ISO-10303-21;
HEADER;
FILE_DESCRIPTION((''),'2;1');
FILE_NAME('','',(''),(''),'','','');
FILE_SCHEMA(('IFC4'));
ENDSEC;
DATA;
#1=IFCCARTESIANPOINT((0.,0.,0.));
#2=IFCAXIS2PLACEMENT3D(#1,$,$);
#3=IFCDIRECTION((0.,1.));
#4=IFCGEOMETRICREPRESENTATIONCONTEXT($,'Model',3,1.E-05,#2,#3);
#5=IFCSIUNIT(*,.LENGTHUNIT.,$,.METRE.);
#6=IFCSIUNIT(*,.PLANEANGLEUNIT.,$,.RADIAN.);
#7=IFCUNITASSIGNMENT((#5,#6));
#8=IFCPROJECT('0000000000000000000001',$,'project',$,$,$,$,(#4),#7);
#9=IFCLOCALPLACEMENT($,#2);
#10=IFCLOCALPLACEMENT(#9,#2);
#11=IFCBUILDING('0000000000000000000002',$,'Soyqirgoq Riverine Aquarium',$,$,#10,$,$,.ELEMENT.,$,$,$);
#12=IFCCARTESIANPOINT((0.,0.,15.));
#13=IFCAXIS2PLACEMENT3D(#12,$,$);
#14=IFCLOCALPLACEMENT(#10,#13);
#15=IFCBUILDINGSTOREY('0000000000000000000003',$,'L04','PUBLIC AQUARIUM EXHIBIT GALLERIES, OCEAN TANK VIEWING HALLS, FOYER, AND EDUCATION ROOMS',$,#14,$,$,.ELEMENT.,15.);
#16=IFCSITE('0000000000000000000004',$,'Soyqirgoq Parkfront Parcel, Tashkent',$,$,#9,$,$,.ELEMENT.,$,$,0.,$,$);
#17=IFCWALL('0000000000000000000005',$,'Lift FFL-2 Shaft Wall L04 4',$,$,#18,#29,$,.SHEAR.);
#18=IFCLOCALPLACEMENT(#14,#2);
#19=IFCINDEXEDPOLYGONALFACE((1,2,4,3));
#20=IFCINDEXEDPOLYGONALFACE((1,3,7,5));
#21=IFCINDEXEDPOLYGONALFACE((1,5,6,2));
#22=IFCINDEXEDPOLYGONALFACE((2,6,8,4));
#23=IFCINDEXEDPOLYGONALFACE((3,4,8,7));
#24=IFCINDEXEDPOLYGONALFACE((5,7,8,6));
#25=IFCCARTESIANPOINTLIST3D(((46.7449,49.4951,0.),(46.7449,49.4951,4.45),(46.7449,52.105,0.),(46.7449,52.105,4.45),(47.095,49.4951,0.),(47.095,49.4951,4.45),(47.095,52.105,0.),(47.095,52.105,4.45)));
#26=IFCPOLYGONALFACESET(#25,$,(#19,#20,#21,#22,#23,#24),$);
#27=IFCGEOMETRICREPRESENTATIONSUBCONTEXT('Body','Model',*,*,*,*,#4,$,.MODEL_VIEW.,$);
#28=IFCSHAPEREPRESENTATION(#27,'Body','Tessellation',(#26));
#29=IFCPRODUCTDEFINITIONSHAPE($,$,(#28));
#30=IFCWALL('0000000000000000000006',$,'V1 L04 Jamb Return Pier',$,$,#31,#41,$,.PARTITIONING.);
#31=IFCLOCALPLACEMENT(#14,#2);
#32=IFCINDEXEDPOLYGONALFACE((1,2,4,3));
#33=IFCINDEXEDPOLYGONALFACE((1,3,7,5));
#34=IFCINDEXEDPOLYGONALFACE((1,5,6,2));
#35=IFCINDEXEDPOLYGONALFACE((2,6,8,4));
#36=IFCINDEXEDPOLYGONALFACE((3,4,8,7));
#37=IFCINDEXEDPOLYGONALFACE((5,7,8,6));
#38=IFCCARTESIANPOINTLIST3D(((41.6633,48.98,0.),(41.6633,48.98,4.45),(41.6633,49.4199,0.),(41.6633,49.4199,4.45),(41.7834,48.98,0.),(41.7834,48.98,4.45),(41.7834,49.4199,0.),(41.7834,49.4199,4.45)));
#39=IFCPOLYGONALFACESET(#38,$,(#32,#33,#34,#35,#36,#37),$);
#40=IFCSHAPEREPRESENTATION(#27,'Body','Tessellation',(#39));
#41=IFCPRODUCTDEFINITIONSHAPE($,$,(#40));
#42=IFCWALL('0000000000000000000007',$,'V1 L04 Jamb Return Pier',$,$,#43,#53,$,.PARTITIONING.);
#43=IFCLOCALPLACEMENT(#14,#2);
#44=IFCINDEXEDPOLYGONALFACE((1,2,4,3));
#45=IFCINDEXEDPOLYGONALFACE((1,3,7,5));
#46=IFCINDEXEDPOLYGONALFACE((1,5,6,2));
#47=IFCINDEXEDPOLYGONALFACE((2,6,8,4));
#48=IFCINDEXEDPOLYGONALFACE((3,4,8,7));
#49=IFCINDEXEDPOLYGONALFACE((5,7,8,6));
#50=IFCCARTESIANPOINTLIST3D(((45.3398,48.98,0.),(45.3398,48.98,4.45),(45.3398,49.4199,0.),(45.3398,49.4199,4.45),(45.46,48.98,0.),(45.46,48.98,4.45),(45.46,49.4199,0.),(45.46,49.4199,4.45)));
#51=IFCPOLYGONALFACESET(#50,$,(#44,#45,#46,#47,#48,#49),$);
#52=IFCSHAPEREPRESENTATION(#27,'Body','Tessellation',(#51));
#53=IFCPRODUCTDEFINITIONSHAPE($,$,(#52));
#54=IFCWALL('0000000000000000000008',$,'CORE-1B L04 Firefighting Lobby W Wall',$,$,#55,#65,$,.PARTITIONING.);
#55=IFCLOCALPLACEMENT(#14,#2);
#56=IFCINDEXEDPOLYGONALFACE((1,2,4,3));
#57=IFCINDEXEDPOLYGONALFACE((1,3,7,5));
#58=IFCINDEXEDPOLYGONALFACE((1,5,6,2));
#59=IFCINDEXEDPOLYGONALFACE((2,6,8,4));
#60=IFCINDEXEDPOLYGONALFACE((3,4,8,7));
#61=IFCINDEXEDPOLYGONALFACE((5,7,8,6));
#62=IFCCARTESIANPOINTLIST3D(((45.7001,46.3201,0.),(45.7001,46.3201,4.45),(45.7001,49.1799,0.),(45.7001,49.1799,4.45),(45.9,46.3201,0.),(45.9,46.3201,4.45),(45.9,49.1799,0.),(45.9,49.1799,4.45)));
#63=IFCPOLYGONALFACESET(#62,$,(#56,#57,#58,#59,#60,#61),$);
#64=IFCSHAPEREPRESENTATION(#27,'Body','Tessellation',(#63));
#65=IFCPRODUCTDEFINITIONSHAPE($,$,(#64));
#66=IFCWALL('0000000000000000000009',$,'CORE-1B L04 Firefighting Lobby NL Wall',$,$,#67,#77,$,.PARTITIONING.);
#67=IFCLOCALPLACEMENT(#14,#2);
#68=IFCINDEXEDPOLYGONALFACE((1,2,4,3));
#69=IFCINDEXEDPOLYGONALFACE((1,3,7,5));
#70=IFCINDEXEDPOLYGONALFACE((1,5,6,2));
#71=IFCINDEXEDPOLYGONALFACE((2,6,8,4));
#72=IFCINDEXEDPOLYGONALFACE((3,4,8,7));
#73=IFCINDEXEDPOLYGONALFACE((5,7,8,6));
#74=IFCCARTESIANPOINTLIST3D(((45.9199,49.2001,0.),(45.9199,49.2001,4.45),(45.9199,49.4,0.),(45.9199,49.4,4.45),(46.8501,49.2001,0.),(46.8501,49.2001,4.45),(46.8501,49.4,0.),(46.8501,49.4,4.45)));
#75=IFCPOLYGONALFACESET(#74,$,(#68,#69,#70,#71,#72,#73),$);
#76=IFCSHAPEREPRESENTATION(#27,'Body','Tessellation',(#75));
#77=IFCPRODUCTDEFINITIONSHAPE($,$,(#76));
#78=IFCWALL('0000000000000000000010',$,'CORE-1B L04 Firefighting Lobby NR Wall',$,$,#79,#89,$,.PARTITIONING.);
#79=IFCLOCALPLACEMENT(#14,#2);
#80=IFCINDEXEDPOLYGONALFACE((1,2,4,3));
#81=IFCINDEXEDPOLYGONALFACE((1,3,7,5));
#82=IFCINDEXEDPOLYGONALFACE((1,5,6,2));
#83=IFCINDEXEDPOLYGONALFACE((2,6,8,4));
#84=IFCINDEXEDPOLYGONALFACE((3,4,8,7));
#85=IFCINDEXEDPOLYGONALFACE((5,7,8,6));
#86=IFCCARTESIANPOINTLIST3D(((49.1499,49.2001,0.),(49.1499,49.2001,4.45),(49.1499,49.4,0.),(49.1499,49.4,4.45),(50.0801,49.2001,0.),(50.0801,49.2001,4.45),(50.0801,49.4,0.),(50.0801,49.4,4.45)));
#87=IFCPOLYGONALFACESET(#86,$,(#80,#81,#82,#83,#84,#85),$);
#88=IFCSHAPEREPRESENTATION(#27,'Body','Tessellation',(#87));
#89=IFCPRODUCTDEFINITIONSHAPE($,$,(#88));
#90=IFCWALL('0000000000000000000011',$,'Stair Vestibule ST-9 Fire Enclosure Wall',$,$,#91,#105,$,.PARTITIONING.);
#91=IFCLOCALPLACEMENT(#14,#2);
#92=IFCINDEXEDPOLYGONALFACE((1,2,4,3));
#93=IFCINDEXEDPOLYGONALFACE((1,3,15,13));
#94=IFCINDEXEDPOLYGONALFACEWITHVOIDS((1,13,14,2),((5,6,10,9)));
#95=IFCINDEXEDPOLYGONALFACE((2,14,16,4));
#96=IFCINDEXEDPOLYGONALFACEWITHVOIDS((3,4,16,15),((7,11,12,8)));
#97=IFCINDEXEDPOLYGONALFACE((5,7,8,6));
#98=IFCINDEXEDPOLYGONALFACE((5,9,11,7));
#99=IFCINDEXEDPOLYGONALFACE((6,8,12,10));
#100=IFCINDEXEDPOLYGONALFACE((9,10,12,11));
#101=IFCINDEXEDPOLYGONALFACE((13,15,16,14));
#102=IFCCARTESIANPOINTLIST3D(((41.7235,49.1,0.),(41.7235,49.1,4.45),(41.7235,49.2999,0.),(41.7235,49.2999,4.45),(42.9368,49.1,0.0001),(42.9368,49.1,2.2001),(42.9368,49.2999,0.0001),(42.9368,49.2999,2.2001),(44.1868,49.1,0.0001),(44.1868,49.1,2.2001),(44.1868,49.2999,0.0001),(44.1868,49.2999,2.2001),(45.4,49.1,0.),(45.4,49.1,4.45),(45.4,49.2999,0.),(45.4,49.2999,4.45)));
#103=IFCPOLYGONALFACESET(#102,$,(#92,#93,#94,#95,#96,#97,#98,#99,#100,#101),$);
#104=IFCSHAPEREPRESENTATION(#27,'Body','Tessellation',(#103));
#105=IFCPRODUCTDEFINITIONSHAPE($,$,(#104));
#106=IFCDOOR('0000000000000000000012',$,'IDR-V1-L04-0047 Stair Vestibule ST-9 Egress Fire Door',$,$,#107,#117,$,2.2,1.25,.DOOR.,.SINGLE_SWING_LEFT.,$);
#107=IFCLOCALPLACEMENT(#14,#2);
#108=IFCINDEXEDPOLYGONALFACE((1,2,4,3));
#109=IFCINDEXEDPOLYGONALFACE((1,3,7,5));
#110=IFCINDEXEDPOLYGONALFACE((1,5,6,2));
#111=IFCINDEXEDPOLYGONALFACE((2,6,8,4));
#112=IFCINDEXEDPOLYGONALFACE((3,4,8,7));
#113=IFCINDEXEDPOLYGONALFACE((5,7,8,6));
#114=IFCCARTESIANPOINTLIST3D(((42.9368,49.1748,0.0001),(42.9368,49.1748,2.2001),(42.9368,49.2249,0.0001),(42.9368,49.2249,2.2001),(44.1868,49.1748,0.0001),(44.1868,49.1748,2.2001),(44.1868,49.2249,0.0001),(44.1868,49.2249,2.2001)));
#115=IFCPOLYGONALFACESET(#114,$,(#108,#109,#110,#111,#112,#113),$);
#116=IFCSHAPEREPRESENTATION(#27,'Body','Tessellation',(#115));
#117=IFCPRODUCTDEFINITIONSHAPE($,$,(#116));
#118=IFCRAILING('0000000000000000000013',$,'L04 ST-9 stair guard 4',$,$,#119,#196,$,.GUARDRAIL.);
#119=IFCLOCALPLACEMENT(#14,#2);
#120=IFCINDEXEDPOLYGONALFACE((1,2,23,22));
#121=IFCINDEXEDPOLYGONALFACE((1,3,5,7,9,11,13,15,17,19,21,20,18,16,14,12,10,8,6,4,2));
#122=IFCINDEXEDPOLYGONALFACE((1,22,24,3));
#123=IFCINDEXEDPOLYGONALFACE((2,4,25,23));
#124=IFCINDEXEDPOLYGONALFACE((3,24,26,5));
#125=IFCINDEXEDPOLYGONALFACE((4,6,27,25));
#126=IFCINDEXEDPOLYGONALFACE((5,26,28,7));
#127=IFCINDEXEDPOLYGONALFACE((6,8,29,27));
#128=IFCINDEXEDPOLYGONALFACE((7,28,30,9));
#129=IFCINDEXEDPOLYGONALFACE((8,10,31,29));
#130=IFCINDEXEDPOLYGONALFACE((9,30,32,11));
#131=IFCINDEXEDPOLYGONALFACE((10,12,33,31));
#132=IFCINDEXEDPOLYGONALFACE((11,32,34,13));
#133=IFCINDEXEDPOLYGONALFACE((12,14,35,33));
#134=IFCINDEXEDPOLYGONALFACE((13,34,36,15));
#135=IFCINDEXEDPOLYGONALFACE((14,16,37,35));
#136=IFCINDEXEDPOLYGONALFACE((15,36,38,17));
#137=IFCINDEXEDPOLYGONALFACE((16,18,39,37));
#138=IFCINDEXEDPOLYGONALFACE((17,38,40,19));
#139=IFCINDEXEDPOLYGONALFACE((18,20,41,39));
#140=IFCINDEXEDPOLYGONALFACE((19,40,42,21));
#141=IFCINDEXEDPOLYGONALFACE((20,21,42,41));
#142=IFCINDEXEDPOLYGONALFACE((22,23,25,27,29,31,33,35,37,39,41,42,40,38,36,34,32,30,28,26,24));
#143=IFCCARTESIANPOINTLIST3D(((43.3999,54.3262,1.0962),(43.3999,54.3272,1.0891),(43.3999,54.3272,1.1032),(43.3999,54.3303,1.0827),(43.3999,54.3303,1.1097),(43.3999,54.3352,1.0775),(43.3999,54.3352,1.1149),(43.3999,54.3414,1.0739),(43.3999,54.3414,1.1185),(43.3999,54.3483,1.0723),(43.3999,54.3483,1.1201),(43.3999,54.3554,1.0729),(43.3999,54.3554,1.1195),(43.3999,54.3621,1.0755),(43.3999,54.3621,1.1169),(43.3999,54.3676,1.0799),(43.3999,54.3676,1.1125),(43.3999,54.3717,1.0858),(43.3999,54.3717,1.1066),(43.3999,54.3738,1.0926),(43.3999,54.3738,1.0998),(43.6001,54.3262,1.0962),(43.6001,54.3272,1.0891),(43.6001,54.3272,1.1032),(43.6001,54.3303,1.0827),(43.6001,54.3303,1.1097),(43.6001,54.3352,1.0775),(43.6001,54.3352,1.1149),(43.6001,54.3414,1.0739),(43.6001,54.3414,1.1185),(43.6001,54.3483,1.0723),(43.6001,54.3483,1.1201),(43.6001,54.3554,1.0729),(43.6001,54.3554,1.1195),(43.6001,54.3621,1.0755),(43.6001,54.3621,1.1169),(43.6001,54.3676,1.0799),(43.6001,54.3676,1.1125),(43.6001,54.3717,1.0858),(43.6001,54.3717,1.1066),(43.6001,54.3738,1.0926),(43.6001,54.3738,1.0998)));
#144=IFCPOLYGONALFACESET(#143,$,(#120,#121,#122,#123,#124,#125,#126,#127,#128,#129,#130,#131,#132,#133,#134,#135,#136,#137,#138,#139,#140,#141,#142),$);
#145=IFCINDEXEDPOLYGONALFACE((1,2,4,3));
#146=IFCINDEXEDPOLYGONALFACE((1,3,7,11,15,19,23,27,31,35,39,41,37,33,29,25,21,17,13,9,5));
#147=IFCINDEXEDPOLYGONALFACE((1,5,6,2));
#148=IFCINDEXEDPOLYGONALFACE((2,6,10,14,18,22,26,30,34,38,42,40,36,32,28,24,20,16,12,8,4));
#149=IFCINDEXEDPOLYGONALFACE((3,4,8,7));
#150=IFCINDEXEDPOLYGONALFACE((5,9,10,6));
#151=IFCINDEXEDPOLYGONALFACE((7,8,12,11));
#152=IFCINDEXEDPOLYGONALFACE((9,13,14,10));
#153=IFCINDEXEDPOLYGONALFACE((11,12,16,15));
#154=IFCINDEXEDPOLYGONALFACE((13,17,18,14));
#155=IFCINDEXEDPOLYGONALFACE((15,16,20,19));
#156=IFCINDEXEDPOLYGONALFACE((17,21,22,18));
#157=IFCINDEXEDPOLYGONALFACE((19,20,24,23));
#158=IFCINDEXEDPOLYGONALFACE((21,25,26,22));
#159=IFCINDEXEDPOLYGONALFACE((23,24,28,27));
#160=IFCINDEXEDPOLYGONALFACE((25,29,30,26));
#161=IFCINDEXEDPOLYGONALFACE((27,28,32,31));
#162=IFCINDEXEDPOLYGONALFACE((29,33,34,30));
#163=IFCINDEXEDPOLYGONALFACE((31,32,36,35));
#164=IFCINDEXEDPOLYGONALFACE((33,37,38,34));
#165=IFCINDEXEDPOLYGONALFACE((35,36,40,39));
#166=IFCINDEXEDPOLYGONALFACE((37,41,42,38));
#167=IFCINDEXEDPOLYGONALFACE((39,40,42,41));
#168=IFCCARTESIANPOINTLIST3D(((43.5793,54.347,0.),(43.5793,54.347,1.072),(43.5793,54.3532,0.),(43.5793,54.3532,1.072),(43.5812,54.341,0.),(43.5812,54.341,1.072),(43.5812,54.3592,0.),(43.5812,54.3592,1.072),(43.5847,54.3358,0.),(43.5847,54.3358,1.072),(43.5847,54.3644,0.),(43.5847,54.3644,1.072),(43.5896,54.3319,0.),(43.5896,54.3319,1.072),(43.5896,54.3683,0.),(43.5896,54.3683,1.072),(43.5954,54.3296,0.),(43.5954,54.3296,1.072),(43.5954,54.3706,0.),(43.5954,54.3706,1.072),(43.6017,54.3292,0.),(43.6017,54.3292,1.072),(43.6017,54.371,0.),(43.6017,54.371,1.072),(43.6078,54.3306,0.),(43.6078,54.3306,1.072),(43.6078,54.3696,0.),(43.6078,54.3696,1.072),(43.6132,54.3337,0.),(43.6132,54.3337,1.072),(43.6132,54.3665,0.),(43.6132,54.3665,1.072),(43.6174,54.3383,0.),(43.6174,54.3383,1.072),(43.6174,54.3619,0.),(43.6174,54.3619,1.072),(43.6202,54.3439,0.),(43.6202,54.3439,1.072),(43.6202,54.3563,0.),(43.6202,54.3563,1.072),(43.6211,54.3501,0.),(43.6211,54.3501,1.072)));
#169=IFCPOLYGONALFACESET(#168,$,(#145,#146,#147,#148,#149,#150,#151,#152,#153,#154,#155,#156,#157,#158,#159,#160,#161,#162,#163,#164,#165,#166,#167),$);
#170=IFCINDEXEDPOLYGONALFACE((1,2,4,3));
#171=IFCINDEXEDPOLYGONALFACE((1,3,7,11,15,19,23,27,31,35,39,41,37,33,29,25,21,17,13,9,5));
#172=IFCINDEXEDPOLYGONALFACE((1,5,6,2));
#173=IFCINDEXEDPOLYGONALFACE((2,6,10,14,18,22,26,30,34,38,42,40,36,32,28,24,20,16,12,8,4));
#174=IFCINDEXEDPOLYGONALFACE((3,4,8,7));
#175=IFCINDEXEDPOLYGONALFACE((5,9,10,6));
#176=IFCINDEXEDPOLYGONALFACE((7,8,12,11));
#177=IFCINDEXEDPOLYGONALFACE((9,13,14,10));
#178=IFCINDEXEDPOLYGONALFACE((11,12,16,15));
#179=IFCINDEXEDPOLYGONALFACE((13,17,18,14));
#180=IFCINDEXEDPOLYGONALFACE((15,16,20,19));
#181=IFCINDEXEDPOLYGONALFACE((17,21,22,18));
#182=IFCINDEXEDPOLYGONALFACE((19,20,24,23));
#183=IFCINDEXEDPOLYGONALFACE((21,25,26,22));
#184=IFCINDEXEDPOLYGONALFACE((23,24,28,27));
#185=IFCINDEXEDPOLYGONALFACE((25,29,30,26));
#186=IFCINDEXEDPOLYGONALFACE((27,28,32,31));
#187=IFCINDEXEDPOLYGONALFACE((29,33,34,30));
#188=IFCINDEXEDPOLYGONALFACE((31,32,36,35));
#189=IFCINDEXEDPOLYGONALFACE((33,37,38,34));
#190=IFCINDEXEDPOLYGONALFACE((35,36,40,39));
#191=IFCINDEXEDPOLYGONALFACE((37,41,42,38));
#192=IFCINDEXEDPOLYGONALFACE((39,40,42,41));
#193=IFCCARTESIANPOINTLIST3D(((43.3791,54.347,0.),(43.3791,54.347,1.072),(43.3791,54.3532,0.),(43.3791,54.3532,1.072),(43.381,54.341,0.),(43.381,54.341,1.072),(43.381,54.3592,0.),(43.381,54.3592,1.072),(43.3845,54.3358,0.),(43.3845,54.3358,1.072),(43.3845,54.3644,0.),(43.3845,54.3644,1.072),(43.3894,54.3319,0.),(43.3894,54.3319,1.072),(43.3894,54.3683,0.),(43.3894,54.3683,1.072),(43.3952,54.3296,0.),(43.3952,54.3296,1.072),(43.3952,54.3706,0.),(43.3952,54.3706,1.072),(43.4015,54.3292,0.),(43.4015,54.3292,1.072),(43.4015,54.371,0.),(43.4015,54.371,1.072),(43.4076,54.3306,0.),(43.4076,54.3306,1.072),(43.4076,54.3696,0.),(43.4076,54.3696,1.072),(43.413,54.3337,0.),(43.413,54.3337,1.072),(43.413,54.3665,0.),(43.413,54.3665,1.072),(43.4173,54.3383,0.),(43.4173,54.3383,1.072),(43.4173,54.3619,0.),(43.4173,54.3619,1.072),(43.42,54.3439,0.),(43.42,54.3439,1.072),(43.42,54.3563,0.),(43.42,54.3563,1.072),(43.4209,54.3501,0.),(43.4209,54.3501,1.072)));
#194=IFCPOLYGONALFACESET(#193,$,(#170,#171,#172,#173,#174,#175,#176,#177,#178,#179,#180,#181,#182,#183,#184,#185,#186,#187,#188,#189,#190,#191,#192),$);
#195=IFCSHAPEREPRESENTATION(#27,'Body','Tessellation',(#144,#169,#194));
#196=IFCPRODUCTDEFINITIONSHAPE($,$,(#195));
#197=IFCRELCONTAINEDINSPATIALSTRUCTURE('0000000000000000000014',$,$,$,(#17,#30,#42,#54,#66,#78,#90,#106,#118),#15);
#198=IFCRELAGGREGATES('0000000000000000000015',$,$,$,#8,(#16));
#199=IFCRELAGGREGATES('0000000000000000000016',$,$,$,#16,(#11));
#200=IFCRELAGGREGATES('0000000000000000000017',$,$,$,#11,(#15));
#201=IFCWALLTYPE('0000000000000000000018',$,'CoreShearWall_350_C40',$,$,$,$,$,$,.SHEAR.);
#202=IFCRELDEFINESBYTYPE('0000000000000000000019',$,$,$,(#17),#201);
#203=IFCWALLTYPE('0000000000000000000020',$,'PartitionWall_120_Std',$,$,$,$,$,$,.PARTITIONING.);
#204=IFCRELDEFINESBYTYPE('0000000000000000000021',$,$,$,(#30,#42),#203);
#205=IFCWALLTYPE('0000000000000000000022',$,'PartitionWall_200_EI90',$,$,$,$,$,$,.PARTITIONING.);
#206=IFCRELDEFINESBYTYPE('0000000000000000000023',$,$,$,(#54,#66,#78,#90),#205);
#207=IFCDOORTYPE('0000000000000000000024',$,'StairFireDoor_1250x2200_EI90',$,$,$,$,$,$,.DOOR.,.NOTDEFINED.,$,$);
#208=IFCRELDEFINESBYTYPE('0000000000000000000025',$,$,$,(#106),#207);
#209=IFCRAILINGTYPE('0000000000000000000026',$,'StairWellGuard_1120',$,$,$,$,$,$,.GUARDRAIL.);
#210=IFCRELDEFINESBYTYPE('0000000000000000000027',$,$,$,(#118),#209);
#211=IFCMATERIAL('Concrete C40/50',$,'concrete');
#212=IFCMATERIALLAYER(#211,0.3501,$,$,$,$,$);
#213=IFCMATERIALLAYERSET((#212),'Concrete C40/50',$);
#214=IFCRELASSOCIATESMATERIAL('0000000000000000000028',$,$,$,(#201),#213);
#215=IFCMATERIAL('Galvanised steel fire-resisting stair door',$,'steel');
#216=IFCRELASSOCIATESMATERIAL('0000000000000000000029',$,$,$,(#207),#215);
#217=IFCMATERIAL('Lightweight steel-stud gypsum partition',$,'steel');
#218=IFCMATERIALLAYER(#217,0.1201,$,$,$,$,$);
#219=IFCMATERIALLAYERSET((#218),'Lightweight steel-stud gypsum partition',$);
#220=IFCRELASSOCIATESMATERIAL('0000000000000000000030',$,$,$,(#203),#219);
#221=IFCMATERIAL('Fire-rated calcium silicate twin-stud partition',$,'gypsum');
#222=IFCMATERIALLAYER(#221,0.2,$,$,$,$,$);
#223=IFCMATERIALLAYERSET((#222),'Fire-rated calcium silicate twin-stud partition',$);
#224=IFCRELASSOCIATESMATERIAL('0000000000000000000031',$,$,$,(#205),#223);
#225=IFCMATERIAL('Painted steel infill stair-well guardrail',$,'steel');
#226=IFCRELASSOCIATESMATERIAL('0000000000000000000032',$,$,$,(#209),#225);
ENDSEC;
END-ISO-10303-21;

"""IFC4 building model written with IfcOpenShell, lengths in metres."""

from ifc_helpers import new_model, si_unit, direction, frame, frame_2d, origin, origin_2d, place, context, subcontext, project, spatial, rectangle, circle, extrude, material, layer, layer_set, type_object, element, fill, save


model = new_model("IFC4")

# Units and contexts
model_context = context("Model", 3, precision=1e-05, world=origin(), true_north=direction((0.0, 1.0)))
body_context = subcontext(model_context, "Body", "Model", "MODEL_VIEW")
ifc_project = project(units=[si_unit("LENGTHUNIT", "METRE"), si_unit("PLANEANGLEUNIT", "RADIAN")], contexts=[model_context])

# Site, building, storey
site_placement = place(None, origin())
site = spatial("IfcSite", under=ifc_project, at=site_placement, Name="Soyqirgoq Parkfront Parcel, Tashkent", CompositionType="ELEMENT", RefElevation=0.0)
building_placement = place(site_placement, origin())
building = spatial("IfcBuilding", under=site, at=building_placement, Name="Soyqirgoq Riverine Aquarium", CompositionType="ELEMENT")
storey_placement = place(building_placement, frame((0.0, 0.0, 15.0)))
storey = spatial("IfcBuildingStorey", under=building, at=storey_placement, Name="L04", Description="PUBLIC AQUARIUM EXHIBIT GALLERIES, OCEAN TANK VIEWING HALLS, FOYER, AND EDUCATION ROOMS", CompositionType="ELEMENT", Elevation=15.0)

# Shared definitions
ifc_material_1 = material(Name="Concrete C40/50", Category="concrete")
ifc_layer_1 = layer(ifc_material_1, 0.3501)
ifc_layer_set_1 = layer_set([ifc_layer_1], Name="Concrete C40/50")
wall_type_1 = type_object("IfcWallType", Name="CoreShearWall_350_C40", PredefinedType="SHEAR", material=ifc_layer_set_1)

# Shared definitions
ifc_material_2 = material(Name="Galvanised steel fire-resisting stair door", Category="steel")
door_type_1 = type_object("IfcDoorType", Name="StairFireDoor_1250x2200_EI90", OperationType="NOTDEFINED", PredefinedType="DOOR", material=ifc_material_2)

# Walls
for number, where, z_axis, x_axis, name in (
    (1, (46.9199, 52.105, 0.0), (0.0, 0.0, 1.0), (0.0, -1.0, 0.0), "Lift FFL-2 Shaft Wall L04 4"),
):
    element("IfcWall", number, at=place(storey_placement, frame(where, z_axis=z_axis, x_axis=x_axis)), inside=storey, type_object=wall_type_1, Name=name, PredefinedType="SHEAR", context=body_context, shape_type="SweptSolid", body=[
        extrude(rectangle(XDim=2.6099, YDim=0.3501, at=frame_2d((1.3049, 0.0))), origin(), (0.0, 0.0, 1.0), 4.45),
    ])
ifc_material_3 = material(Name="Lightweight steel-stud gypsum partition", Category="steel")
ifc_layer_2 = layer(ifc_material_3, 0.1201)
ifc_layer_set_2 = layer_set([ifc_layer_2], Name="Lightweight steel-stud gypsum partition")
wall_type_2 = type_object("IfcWallType", Name="PartitionWall_120_Std", PredefinedType="PARTITIONING", material=ifc_layer_set_2)
for number, where, z_axis, x_axis, name in (
    (2, (41.7234, 48.98, 0.0), (0.0, 0.0, 1.0), (0.0, 1.0, 0.0), "V1 L04 Jamb Return Pier"),
    (3, (45.3999, 48.98, 0.0), (0.0, 0.0, 1.0), (0.0, 1.0, 0.0), "V1 L04 Jamb Return Pier"),
):
    element("IfcWall", number, at=place(storey_placement, frame(where, z_axis=z_axis, x_axis=x_axis)), inside=storey, type_object=wall_type_2, Name=name, PredefinedType="PARTITIONING", context=body_context, shape_type="SweptSolid", body=[
        extrude(rectangle(XDim=0.4399, YDim=0.1201, at=frame_2d((0.22, 0.0))), origin(), (0.0, 0.0, 1.0), 4.45),
    ])
ifc_material_4 = material(Name="Fire-rated calcium silicate twin-stud partition", Category="gypsum")
ifc_layer_3 = layer(ifc_material_4, 0.2)
ifc_layer_set_3 = layer_set([ifc_layer_3], Name="Fire-rated calcium silicate twin-stud partition")
wall_type_3 = type_object("IfcWallType", Name="PartitionWall_200_EI90", PredefinedType="PARTITIONING", material=ifc_layer_set_3)
wall_1_placement = place(storey_placement, frame((45.8, 46.3201, 0.0), z_axis=(0.0, 0.0, 1.0), x_axis=(0.0, 1.0, 0.0)))
element("IfcWall", 4, at=wall_1_placement, inside=storey, type_object=wall_type_3, Name="CORE-1B L04 Firefighting Lobby W Wall", PredefinedType="PARTITIONING", context=body_context, shape_type="SweptSolid", body=[
    extrude(rectangle(XDim=2.8599, YDim=0.2, at=frame_2d((1.4299, 0.0))), origin(), (0.0, 0.0, 1.0), 4.45),
])
for number, where, z_axis, x_axis, name in (
    (5, (45.9199, 49.3, 0.0), (0.0, 0.0, 1.0), (1.0, 0.0, 0.0), "CORE-1B L04 Firefighting Lobby NL Wall"),
    (6, (49.1499, 49.3, 0.0), (0.0, 0.0, 1.0), (1.0, 0.0, 0.0), "CORE-1B L04 Firefighting Lobby NR Wall"),
):
    element("IfcWall", number, at=place(storey_placement, frame(where, z_axis=z_axis, x_axis=x_axis)), inside=storey, type_object=wall_type_3, Name=name, PredefinedType="PARTITIONING", context=body_context, shape_type="SweptSolid", body=[
        extrude(rectangle(XDim=0.9302, YDim=0.2, at=frame_2d((0.4651, 0.0))), origin(), (0.0, 0.0, 1.0), 4.45),
    ])

# Wall, opening, door
wall_2_placement = place(storey_placement, frame((41.7234, 49.2, 0.0), z_axis=(0.0, 0.0, 1.0), x_axis=(1.0, 0.0, 0.0)))
wall_2 = element("IfcWall", 7, at=wall_2_placement, inside=storey, type_object=wall_type_3, Name="Stair Vestibule ST-9 Fire Enclosure Wall", PredefinedType="PARTITIONING", context=body_context, shape_type="SweptSolid", body=[
    extrude(rectangle(XDim=3.6765, YDim=0.2, at=frame_2d((1.8384, 0.0))), origin(), (0.0, 0.0, 1.0), 4.45),
])
opening_1_placement = place(wall_2_placement, frame((1.2134, 0.0, 0.0)))
opening_1 = element("IfcOpeningElement", 8, at=opening_1_placement, cuts=wall_2, PredefinedType="OPENING", context=body_context, shape_type="SweptSolid", body=[
    extrude(rectangle(XDim=1.25, YDim=2.2, at=frame_2d((0.625, 1.1001))), frame((0.0, 0.1099, 0.0), z_axis=(0.0, -1.0, 0.0), x_axis=(1.0, 0.0, 0.0)), (0.0, 0.0, 1.0), 0.22),
])
door_1_placement = place(opening_1_placement, origin())
door_1 = element("IfcDoor", 9, at=door_1_placement, inside=storey, type_object=door_type_1, Name="IDR-V1-L04-0047 Stair Vestibule ST-9 Egress Fire Door", OperationType="SINGLE_SWING_LEFT", OverallHeight=2.2, OverallWidth=1.25, PredefinedType="DOOR", context=body_context, shape_type="SweptSolid", body=[
    extrude(rectangle(XDim=1.25, YDim=2.2, at=frame_2d((0.625, 1.1001))), frame((0.0, 0.0249, 0.0), z_axis=(0.0, -1.0, 0.0), x_axis=(1.0, 0.0, 0.0)), (0.0, 0.0, 1.0), 0.05),
])
fill(opening_1, door_1)

# Railing
ifc_material_5 = material(Name="Painted steel infill stair-well guardrail", Category="steel")
railing_type = type_object("IfcRailingType", Name="StairWellGuard_1120", PredefinedType="GUARDRAIL", material=ifc_material_5)
railing_placement = place(storey_placement, frame((43.6001, 54.3501, 0.0)))
element("IfcRailing", 10, at=railing_placement, inside=storey, type_object=railing_type, Name="L04 ST-9 stair guard 4", PredefinedType="GUARDRAIL", context=body_context, shape_type="SweptSolid", body=[
    extrude(circle(Radius=0.0239, at=origin_2d()), frame((0.0, 0.0, 1.0962), z_axis=(-1.0, 0.0, 0.0), x_axis=(0.0, -1.0, 0.0)), (0.0, 0.0, 1.0), 0.2002),
    extrude(circle(Radius=0.021, at=origin_2d()), origin(), (0.0, 0.0, 1.0), 1.072),
    extrude(circle(Radius=0.021, at=origin_2d()), frame((-0.2002, 0.0, 0.0)), (0.0, 0.0, 1.0), 1.072),
])

save(model, "model.ifc")
